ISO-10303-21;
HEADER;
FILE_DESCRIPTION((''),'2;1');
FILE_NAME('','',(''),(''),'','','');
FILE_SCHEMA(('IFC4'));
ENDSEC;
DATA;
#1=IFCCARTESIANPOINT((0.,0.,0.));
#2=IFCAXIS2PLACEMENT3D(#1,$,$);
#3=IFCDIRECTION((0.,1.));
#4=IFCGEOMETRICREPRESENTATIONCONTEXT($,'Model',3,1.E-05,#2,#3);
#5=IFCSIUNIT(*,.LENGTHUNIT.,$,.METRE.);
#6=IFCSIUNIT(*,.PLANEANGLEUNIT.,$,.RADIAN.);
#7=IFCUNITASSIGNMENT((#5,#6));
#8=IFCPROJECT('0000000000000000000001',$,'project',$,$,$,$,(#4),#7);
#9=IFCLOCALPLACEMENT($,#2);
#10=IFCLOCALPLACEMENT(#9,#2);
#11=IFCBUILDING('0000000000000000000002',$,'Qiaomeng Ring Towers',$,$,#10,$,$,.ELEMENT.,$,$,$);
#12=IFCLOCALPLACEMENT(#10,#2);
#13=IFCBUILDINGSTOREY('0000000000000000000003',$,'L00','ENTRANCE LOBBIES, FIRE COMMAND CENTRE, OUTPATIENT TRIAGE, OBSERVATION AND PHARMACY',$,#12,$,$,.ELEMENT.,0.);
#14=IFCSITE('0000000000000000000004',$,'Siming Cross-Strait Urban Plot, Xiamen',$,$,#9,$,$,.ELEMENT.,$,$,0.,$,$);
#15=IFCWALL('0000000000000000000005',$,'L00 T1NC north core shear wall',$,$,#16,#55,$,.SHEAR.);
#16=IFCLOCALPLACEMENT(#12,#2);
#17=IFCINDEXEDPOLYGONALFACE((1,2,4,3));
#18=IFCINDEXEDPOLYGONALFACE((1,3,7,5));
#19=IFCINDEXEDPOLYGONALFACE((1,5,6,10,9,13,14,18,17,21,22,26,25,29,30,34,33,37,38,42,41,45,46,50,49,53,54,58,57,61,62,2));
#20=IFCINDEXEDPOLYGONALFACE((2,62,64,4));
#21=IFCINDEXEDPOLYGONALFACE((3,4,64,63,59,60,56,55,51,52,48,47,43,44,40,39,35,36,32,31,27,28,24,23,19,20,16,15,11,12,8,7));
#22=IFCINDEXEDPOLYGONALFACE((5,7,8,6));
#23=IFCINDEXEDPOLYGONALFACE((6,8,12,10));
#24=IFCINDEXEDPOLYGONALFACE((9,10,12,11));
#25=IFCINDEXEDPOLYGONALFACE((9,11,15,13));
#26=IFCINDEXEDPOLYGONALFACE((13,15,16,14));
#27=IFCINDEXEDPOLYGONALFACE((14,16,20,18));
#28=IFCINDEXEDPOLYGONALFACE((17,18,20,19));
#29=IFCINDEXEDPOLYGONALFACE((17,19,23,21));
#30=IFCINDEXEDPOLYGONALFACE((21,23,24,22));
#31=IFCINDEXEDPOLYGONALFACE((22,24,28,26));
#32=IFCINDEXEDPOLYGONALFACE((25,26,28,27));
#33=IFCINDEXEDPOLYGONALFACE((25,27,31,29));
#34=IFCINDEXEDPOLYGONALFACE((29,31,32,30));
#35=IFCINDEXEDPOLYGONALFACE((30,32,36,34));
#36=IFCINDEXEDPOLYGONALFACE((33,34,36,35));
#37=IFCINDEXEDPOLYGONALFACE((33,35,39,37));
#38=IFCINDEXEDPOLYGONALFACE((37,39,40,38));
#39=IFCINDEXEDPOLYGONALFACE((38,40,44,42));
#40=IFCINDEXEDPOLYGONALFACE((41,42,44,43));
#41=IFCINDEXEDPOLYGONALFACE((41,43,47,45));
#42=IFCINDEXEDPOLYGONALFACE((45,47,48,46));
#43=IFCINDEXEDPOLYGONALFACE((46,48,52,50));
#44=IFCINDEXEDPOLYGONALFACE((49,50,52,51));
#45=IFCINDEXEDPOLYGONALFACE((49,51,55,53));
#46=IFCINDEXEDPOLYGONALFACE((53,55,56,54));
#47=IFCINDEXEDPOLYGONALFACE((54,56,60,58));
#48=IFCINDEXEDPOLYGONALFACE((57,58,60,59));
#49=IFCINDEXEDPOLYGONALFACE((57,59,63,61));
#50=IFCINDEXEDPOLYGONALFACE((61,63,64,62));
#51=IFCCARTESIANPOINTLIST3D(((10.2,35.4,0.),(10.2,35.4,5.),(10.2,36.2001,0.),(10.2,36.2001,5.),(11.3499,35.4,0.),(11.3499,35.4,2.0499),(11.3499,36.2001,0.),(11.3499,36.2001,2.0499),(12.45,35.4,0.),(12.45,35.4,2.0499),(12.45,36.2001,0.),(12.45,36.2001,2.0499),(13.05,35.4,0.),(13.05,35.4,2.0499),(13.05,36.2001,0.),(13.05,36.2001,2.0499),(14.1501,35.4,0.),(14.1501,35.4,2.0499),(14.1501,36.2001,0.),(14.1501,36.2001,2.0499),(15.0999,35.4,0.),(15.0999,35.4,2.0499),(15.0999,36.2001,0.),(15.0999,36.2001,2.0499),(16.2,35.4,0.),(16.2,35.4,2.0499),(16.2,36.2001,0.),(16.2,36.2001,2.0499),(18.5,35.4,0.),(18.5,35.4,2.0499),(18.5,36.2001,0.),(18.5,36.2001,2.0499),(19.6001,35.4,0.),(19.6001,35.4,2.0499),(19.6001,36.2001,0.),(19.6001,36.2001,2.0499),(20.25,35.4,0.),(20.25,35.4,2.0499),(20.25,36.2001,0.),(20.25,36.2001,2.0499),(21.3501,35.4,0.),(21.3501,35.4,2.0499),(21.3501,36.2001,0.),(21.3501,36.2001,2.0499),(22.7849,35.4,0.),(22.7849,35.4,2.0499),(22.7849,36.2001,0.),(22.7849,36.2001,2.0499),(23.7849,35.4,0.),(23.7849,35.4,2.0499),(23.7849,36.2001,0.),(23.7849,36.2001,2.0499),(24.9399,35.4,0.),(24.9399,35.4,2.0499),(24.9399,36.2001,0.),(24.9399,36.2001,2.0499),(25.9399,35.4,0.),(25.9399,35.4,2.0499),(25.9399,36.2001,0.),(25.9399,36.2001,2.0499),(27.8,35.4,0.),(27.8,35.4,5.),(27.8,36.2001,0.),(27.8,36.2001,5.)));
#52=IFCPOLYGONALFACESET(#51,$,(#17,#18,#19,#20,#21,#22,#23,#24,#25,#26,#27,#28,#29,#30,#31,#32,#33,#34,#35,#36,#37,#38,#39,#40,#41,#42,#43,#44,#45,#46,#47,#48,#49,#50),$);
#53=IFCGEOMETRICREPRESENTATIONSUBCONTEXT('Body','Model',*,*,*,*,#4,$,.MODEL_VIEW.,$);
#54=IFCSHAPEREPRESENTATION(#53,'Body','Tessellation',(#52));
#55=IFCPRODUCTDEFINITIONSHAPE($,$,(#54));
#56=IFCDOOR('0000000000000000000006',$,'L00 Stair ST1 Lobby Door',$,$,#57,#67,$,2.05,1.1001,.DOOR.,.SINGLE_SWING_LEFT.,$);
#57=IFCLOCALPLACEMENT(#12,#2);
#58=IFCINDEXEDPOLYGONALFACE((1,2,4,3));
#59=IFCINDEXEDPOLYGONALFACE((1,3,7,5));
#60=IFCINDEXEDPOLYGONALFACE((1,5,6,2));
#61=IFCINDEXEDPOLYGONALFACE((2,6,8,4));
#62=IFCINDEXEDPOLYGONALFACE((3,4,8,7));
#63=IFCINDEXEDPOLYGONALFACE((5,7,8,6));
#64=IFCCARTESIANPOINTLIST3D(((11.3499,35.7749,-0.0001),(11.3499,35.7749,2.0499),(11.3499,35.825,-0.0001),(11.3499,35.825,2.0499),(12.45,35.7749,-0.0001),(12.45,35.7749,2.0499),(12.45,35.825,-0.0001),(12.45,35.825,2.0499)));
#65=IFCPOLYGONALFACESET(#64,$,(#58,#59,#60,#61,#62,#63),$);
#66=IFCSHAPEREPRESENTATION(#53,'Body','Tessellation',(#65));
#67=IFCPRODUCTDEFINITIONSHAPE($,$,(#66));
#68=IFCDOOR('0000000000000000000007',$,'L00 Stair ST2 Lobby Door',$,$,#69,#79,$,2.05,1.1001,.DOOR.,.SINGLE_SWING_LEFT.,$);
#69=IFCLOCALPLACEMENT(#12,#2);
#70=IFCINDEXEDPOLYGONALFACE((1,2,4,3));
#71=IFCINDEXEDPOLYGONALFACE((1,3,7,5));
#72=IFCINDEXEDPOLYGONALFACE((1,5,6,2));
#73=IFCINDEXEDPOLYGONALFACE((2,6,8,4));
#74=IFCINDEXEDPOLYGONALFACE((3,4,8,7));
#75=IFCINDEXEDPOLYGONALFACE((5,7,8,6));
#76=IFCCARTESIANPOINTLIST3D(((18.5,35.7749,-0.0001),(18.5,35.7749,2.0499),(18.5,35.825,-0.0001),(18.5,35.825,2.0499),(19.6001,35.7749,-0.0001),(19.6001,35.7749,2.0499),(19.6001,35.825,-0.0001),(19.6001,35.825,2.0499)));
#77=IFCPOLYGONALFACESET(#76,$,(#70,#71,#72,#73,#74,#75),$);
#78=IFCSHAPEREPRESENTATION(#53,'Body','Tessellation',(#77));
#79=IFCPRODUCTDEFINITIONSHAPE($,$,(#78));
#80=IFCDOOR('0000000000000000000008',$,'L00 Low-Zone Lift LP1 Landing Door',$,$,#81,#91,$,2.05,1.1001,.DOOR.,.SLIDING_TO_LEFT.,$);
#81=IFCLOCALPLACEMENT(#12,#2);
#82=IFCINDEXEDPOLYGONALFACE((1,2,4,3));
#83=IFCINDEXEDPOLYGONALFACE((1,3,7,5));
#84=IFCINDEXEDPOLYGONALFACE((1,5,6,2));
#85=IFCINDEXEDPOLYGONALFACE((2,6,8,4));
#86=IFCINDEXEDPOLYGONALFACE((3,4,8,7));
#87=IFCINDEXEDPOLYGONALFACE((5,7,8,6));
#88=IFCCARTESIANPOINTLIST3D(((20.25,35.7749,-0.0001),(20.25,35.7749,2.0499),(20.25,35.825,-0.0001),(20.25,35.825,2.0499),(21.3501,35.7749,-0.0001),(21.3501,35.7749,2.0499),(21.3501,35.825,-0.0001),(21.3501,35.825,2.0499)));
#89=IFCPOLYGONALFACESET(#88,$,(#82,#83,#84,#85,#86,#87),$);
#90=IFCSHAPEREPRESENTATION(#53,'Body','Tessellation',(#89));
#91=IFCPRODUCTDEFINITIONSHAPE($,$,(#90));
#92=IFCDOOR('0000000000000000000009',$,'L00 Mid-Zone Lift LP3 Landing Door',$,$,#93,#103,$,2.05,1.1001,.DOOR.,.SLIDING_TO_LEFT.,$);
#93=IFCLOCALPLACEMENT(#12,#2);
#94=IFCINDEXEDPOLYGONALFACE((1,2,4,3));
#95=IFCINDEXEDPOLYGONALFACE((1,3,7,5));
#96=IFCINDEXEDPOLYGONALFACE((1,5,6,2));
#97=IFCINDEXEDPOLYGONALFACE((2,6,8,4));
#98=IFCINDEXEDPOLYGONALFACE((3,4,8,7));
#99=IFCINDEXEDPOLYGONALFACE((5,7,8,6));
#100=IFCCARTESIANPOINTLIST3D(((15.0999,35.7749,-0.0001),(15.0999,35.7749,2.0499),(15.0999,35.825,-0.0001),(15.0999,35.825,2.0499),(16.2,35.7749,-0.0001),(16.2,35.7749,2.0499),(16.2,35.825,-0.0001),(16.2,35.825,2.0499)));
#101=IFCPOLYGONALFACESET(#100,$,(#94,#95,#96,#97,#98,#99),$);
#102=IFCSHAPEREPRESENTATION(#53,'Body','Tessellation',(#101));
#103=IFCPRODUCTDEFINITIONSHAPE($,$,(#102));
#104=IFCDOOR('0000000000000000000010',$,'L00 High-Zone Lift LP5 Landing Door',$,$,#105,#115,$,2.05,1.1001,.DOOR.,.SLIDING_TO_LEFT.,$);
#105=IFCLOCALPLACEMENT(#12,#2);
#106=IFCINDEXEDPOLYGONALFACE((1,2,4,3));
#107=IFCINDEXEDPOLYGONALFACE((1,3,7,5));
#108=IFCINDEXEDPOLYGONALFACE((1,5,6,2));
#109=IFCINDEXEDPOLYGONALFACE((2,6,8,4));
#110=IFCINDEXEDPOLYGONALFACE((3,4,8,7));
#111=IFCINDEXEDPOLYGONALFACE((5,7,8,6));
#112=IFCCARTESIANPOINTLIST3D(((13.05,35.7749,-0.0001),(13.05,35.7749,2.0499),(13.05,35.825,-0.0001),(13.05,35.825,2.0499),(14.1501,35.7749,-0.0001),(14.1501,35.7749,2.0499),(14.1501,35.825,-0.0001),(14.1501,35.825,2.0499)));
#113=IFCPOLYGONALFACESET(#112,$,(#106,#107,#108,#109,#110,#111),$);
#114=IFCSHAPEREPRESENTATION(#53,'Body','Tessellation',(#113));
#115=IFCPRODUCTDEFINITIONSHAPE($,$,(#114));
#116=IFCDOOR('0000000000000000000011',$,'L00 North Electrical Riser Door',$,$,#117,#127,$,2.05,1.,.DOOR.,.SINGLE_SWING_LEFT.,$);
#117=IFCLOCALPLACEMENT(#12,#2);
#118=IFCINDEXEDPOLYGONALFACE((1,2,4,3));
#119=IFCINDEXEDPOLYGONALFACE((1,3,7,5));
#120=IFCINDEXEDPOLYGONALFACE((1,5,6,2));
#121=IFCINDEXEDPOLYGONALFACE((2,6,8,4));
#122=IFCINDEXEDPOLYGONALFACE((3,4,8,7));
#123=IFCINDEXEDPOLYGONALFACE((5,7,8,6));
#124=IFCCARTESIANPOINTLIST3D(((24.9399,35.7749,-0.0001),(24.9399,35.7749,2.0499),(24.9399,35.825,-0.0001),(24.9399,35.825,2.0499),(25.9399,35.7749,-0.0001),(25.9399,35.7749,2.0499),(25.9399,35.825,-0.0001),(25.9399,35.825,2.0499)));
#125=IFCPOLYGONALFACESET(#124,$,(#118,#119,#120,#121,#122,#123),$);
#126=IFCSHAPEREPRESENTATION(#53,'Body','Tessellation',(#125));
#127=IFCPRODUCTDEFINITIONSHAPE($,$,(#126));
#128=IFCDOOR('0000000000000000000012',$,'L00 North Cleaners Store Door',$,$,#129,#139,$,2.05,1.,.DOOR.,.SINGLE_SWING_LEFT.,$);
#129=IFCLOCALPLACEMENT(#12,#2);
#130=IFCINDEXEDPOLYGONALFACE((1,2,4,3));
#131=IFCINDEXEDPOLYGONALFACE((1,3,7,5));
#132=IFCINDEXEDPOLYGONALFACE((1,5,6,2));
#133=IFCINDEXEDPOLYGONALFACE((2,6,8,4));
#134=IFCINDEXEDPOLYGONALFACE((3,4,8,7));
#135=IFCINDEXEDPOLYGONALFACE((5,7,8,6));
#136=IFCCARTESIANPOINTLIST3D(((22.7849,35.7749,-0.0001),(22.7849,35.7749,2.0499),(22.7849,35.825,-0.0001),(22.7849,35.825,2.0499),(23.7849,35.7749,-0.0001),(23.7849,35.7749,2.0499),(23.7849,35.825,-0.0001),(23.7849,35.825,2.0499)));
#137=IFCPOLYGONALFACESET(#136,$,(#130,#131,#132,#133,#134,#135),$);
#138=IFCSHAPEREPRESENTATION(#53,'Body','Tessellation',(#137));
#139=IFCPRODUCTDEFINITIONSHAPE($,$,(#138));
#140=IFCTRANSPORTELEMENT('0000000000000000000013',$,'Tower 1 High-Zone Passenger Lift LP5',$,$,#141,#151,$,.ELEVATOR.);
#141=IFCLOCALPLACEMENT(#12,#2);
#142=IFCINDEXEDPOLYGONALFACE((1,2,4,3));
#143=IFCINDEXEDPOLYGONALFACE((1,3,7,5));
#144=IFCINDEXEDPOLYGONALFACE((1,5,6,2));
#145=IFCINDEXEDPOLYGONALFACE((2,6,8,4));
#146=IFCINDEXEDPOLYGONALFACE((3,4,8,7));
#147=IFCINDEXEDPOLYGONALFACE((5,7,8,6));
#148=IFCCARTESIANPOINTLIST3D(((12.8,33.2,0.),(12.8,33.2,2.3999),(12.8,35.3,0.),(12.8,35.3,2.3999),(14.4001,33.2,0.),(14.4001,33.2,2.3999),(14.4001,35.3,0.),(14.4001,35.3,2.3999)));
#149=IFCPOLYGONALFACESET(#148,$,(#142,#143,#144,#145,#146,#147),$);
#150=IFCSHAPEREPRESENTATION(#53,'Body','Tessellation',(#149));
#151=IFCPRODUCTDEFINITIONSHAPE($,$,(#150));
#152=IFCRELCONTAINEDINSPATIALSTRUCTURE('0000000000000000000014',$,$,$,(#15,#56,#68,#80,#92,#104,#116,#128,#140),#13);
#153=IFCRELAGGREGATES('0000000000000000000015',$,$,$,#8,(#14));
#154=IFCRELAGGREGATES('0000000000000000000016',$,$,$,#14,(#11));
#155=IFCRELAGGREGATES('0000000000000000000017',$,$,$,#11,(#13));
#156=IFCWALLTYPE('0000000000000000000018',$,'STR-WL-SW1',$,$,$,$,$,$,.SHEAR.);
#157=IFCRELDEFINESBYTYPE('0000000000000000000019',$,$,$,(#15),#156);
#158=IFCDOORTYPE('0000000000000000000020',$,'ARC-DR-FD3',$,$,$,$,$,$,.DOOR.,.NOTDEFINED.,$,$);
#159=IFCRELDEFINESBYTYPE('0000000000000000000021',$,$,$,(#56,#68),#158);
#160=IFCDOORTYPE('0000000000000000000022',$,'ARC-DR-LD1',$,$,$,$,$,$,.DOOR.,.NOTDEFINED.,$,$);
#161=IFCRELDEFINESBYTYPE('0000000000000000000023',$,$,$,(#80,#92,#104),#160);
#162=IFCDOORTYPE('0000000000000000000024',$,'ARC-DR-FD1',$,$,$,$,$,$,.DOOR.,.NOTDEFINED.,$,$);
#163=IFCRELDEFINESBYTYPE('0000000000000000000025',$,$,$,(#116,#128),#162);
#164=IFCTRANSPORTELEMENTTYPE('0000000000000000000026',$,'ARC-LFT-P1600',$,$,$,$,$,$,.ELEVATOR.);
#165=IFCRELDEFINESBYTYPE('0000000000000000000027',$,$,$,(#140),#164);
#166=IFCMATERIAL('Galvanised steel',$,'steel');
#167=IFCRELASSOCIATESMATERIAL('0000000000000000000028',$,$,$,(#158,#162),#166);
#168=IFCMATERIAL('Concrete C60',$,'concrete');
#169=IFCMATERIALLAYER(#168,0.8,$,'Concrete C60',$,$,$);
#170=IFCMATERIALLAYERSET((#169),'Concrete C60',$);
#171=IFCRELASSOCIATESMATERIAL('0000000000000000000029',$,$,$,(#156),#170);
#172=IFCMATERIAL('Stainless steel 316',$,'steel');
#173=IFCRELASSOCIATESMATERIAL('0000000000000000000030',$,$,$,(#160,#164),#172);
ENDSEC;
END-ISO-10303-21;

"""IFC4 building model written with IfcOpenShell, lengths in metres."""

from ifc_helpers import new_model, si_unit, direction, frame, frame_2d, origin, origin_2d, place, context, subcontext, project, spatial, rectangle, extrude, source, transform, mapped, material, layer, layer_set, type_object, element, fill, save


model = new_model("IFC4")

# Units and contexts
model_context = context("Model", 3, precision=1e-05, world=origin(), true_north=direction((0.0, 1.0)))
body_context = subcontext(model_context, "Body", "Model", "MODEL_VIEW")
ifc_project = project(units=[si_unit("LENGTHUNIT", "METRE"), si_unit("PLANEANGLEUNIT", "RADIAN")], contexts=[model_context])

# Site, building, storey
site_placement = place(None, origin())
site = spatial("IfcSite", under=ifc_project, at=site_placement, Name="Siming Cross-Strait Urban Plot, Xiamen", CompositionType="ELEMENT", RefElevation=0.0)
building_placement = place(site_placement, origin())
building = spatial("IfcBuilding", under=site, at=building_placement, Name="Qiaomeng Ring Towers", CompositionType="ELEMENT")
storey_placement = place(building_placement, origin())
storey = spatial("IfcBuildingStorey", under=building, at=storey_placement, Name="L00", Description="ENTRANCE LOBBIES, FIRE COMMAND CENTRE, OUTPATIENT TRIAGE, OBSERVATION AND PHARMACY", CompositionType="ELEMENT", Elevation=0.0)

# Shared definitions
ifc_material_1 = material(Name="Concrete C60", Category="concrete")

# Shared definitions
ifc_material_2 = material(Name="Galvanised steel", Category="steel")
door_type_1 = type_object("IfcDoorType", Name="ARC-DR-FD3", OperationType="NOTDEFINED", PredefinedType="DOOR", material=ifc_material_2)
shared_shape_1 = source(origin(), body_context, "Body", "SweptSolid", [
    extrude(rectangle(XDim=1.1001, YDim=2.05, at=frame_2d((0.55, 1.0249))), frame((0.0, 0.0249, 0.0), z_axis=(0.0, -1.0, 0.0), x_axis=(1.0, 0.0, 0.0)), (0.0, 0.0, 1.0), 0.05),
])

# Wall, openings, doors
ifc_layer_1 = layer(ifc_material_1, 0.8, Name="Concrete C60")
ifc_layer_set_1 = layer_set([ifc_layer_1], Name="Concrete C60")
wall_type_1 = type_object("IfcWallType", Name="STR-WL-SW1", PredefinedType="SHEAR", material=ifc_layer_set_1)
wall_1_placement = place(storey_placement, frame((10.2, 35.8, 0.0), z_axis=(0.0, 0.0, 1.0), x_axis=(1.0, 0.0, 0.0)))
wall_1 = element("IfcWall", 1, at=wall_1_placement, inside=storey, type_object=wall_type_1, Name="L00 T1NC north core shear wall", PredefinedType="SHEAR", context=body_context, shape_type="SweptSolid", body=[
    extrude(rectangle(XDim=17.6001, YDim=0.8, at=frame_2d((8.8, 0.0))), origin(), (0.0, 0.0, 1.0), 5.0),
])
opening_1_placement = place(wall_1_placement, frame((1.1499, 0.0, 0.0)))
opening_1 = element("IfcOpeningElement", 2, at=opening_1_placement, cuts=wall_1, PredefinedType="OPENING", context=body_context, shape_type="SweptSolid", body=[
    extrude(rectangle(XDim=1.1001, YDim=2.05, at=frame_2d((0.55, 1.0249))), frame((0.0, 0.4099, 0.0), z_axis=(0.0, -1.0, 0.0), x_axis=(1.0, 0.0, 0.0)), (0.0, 0.0, 1.0), 0.8201),
])
opening_2_placement = place(wall_1_placement, frame((8.3, 0.0, 0.0)))
opening_2 = element("IfcOpeningElement", 3, at=opening_2_placement, cuts=wall_1, PredefinedType="OPENING", context=body_context, shape_type="SweptSolid", body=[
    extrude(rectangle(XDim=1.1001, YDim=2.05, at=frame_2d((0.55, 1.0249))), frame((0.0, 0.4099, 0.0), z_axis=(0.0, -1.0, 0.0), x_axis=(1.0, 0.0, 0.0)), (0.0, 0.0, 1.0), 0.8201),
])
opening_3_placement = place(wall_1_placement, frame((10.05, 0.0, 0.0)))
opening_3 = element("IfcOpeningElement", 4, at=opening_3_placement, cuts=wall_1, PredefinedType="OPENING", context=body_context, shape_type="SweptSolid", body=[
    extrude(rectangle(XDim=1.1001, YDim=2.05, at=frame_2d((0.55, 1.0249))), frame((0.0, 0.4099, 0.0), z_axis=(0.0, -1.0, 0.0), x_axis=(1.0, 0.0, 0.0)), (0.0, 0.0, 1.0), 0.8201),
])
opening_4_placement = place(wall_1_placement, frame((4.8999, 0.0, 0.0)))
opening_4 = element("IfcOpeningElement", 5, at=opening_4_placement, cuts=wall_1, PredefinedType="OPENING", context=body_context, shape_type="SweptSolid", body=[
    extrude(rectangle(XDim=1.1001, YDim=2.05, at=frame_2d((0.55, 1.0249))), frame((0.0, 0.4099, 0.0), z_axis=(0.0, -1.0, 0.0), x_axis=(1.0, 0.0, 0.0)), (0.0, 0.0, 1.0), 0.8201),
])
opening_5_placement = place(wall_1_placement, frame((2.8501, 0.0, 0.0)))
opening_5 = element("IfcOpeningElement", 6, at=opening_5_placement, cuts=wall_1, PredefinedType="OPENING", context=body_context, shape_type="SweptSolid", body=[
    extrude(rectangle(XDim=1.1001, YDim=2.05, at=frame_2d((0.55, 1.0249))), frame((0.0, 0.4099, 0.0), z_axis=(0.0, -1.0, 0.0), x_axis=(1.0, 0.0, 0.0)), (0.0, 0.0, 1.0), 0.8201),
])
opening_6_placement = place(wall_1_placement, frame((14.74, 0.0, 0.0)))
opening_6 = element("IfcOpeningElement", 7, at=opening_6_placement, cuts=wall_1, PredefinedType="OPENING", context=body_context, shape_type="SweptSolid", body=[
    extrude(rectangle(XDim=1.0, YDim=2.05, at=frame_2d((0.5, 1.0249))), frame((0.0, 0.4099, 0.0), z_axis=(0.0, -1.0, 0.0), x_axis=(1.0, 0.0, 0.0)), (0.0, 0.0, 1.0), 0.8201),
])
opening_7_placement = place(wall_1_placement, frame((12.585, 0.0, 0.0)))
opening_7 = element("IfcOpeningElement", 8, at=opening_7_placement, cuts=wall_1, PredefinedType="OPENING", context=body_context, shape_type="SweptSolid", body=[
    extrude(rectangle(XDim=1.0, YDim=2.05, at=frame_2d((0.5, 1.0249))), frame((0.0, 0.4099, 0.0), z_axis=(0.0, -1.0, 0.0), x_axis=(1.0, 0.0, 0.0)), (0.0, 0.0, 1.0), 0.8201),
])
door_1_placement = place(opening_1_placement, origin())
door_1 = element("IfcDoor", 9, at=door_1_placement, inside=storey, type_object=door_type_1, Name="L00 Stair ST1 Lobby Door", OperationType="SINGLE_SWING_LEFT", OverallHeight=2.05, OverallWidth=1.1001, PredefinedType="DOOR", context=body_context, shape_type="MappedRepresentation", body=[
    mapped(shared_shape_1, transform((0.0, 0.0, 0.0), x_axis=(1.0, 0.0, 0.0), y_axis=(0.0, 1.0, 0.0), z_axis=(0.0, 0.0, 1.0), scale=1.0)),
])
fill(opening_1, door_1)
door_2_placement = place(opening_2_placement, origin())
door_2 = element("IfcDoor", 10, at=door_2_placement, inside=storey, type_object=door_type_1, Name="L00 Stair ST2 Lobby Door", OperationType="SINGLE_SWING_LEFT", OverallHeight=2.05, OverallWidth=1.1001, PredefinedType="DOOR", context=body_context, shape_type="MappedRepresentation", body=[
    mapped(shared_shape_1, transform((0.0, 0.0, 0.0), x_axis=(1.0, 0.0, 0.0), y_axis=(0.0, 1.0, 0.0), z_axis=(0.0, 0.0, 1.0), scale=1.0)),
])
fill(opening_2, door_2)
ifc_material_3 = material(Name="Stainless steel 316", Category="steel")
door_type_2 = type_object("IfcDoorType", Name="ARC-DR-LD1", OperationType="NOTDEFINED", PredefinedType="DOOR", material=ifc_material_3)
door_3_placement = place(opening_3_placement, origin())
door_3 = element("IfcDoor", 11, at=door_3_placement, inside=storey, type_object=door_type_2, Name="L00 Low-Zone Lift LP1 Landing Door", OperationType="SLIDING_TO_LEFT", OverallHeight=2.05, OverallWidth=1.1001, PredefinedType="DOOR", context=body_context, shape_type="MappedRepresentation", body=[
    mapped(shared_shape_1, transform((0.0, 0.0, 0.0), x_axis=(1.0, 0.0, 0.0), y_axis=(0.0, 1.0, 0.0), z_axis=(0.0, 0.0, 1.0), scale=1.0)),
])
fill(opening_3, door_3)
door_4_placement = place(opening_4_placement, origin())
door_4 = element("IfcDoor", 12, at=door_4_placement, inside=storey, type_object=door_type_2, Name="L00 Mid-Zone Lift LP3 Landing Door", OperationType="SLIDING_TO_LEFT", OverallHeight=2.05, OverallWidth=1.1001, PredefinedType="DOOR", context=body_context, shape_type="MappedRepresentation", body=[
    mapped(shared_shape_1, transform((0.0, 0.0, 0.0), x_axis=(1.0, 0.0, 0.0), y_axis=(0.0, 1.0, 0.0), z_axis=(0.0, 0.0, 1.0), scale=1.0)),
])
fill(opening_4, door_4)
door_5_placement = place(opening_5_placement, origin())
door_5 = element("IfcDoor", 13, at=door_5_placement, inside=storey, type_object=door_type_2, Name="L00 High-Zone Lift LP5 Landing Door", OperationType="SLIDING_TO_LEFT", OverallHeight=2.05, OverallWidth=1.1001, PredefinedType="DOOR", context=body_context, shape_type="MappedRepresentation", body=[
    mapped(shared_shape_1, transform((0.0, 0.0, 0.0), x_axis=(1.0, 0.0, 0.0), y_axis=(0.0, 1.0, 0.0), z_axis=(0.0, 0.0, 1.0), scale=1.0)),
])
fill(opening_5, door_5)
door_type_3 = type_object("IfcDoorType", Name="ARC-DR-FD1", OperationType="NOTDEFINED", PredefinedType="DOOR", material=ifc_material_2)
shared_shape_2 = source(origin(), body_context, "Body", "SweptSolid", [
    extrude(rectangle(XDim=1.0, YDim=2.05, at=frame_2d((0.5, 1.0249))), frame((0.0, 0.0249, 0.0), z_axis=(0.0, -1.0, 0.0), x_axis=(1.0, 0.0, 0.0)), (0.0, 0.0, 1.0), 0.05),
])
door_6_placement = place(opening_6_placement, origin())
door_6 = element("IfcDoor", 14, at=door_6_placement, inside=storey, type_object=door_type_3, Name="L00 North Electrical Riser Door", OperationType="SINGLE_SWING_LEFT", OverallHeight=2.05, OverallWidth=1.0, PredefinedType="DOOR", context=body_context, shape_type="MappedRepresentation", body=[
    mapped(shared_shape_2, transform((0.0, 0.0, 0.0), x_axis=(1.0, 0.0, 0.0), y_axis=(0.0, 1.0, 0.0), z_axis=(0.0, 0.0, 1.0), scale=1.0)),
])
fill(opening_6, door_6)
door_7_placement = place(opening_7_placement, origin())
door_7 = element("IfcDoor", 15, at=door_7_placement, inside=storey, type_object=door_type_3, Name="L00 North Cleaners Store Door", OperationType="SINGLE_SWING_LEFT", OverallHeight=2.05, OverallWidth=1.0, PredefinedType="DOOR", context=body_context, shape_type="MappedRepresentation", body=[
    mapped(shared_shape_2, transform((0.0, 0.0, 0.0), x_axis=(1.0, 0.0, 0.0), y_axis=(0.0, 1.0, 0.0), z_axis=(0.0, 0.0, 1.0), scale=1.0)),
])
fill(opening_7, door_7)

# Transport element
transport_element_type = type_object("IfcTransportElementType", Name="ARC-LFT-P1600", PredefinedType="ELEVATOR", material=ifc_material_3)
shared_shape_3 = source(origin(), body_context, "Body", "SweptSolid", [
    extrude(rectangle(XDim=1.6001, YDim=2.1001, at=origin_2d()), origin(), (0.0, 0.0, 1.0), 2.3999),
])
transport_element_placement = place(storey_placement, frame((13.6001, 34.25, 0.0), z_axis=(0.0, 0.0, 1.0), x_axis=(1.0, 0.0, 0.0)))
element("IfcTransportElement", 16, at=transport_element_placement, inside=storey, type_object=transport_element_type, Name="Tower 1 High-Zone Passenger Lift LP5", PredefinedType="ELEVATOR", context=body_context, shape_type="MappedRepresentation", body=[
    mapped(shared_shape_3, transform((0.0, 0.0, 0.0), x_axis=(1.0, 0.0, 0.0), y_axis=(0.0, 1.0, 0.0), z_axis=(0.0, 0.0, 1.0), scale=1.0)),
])

save(model, "model.ifc")
